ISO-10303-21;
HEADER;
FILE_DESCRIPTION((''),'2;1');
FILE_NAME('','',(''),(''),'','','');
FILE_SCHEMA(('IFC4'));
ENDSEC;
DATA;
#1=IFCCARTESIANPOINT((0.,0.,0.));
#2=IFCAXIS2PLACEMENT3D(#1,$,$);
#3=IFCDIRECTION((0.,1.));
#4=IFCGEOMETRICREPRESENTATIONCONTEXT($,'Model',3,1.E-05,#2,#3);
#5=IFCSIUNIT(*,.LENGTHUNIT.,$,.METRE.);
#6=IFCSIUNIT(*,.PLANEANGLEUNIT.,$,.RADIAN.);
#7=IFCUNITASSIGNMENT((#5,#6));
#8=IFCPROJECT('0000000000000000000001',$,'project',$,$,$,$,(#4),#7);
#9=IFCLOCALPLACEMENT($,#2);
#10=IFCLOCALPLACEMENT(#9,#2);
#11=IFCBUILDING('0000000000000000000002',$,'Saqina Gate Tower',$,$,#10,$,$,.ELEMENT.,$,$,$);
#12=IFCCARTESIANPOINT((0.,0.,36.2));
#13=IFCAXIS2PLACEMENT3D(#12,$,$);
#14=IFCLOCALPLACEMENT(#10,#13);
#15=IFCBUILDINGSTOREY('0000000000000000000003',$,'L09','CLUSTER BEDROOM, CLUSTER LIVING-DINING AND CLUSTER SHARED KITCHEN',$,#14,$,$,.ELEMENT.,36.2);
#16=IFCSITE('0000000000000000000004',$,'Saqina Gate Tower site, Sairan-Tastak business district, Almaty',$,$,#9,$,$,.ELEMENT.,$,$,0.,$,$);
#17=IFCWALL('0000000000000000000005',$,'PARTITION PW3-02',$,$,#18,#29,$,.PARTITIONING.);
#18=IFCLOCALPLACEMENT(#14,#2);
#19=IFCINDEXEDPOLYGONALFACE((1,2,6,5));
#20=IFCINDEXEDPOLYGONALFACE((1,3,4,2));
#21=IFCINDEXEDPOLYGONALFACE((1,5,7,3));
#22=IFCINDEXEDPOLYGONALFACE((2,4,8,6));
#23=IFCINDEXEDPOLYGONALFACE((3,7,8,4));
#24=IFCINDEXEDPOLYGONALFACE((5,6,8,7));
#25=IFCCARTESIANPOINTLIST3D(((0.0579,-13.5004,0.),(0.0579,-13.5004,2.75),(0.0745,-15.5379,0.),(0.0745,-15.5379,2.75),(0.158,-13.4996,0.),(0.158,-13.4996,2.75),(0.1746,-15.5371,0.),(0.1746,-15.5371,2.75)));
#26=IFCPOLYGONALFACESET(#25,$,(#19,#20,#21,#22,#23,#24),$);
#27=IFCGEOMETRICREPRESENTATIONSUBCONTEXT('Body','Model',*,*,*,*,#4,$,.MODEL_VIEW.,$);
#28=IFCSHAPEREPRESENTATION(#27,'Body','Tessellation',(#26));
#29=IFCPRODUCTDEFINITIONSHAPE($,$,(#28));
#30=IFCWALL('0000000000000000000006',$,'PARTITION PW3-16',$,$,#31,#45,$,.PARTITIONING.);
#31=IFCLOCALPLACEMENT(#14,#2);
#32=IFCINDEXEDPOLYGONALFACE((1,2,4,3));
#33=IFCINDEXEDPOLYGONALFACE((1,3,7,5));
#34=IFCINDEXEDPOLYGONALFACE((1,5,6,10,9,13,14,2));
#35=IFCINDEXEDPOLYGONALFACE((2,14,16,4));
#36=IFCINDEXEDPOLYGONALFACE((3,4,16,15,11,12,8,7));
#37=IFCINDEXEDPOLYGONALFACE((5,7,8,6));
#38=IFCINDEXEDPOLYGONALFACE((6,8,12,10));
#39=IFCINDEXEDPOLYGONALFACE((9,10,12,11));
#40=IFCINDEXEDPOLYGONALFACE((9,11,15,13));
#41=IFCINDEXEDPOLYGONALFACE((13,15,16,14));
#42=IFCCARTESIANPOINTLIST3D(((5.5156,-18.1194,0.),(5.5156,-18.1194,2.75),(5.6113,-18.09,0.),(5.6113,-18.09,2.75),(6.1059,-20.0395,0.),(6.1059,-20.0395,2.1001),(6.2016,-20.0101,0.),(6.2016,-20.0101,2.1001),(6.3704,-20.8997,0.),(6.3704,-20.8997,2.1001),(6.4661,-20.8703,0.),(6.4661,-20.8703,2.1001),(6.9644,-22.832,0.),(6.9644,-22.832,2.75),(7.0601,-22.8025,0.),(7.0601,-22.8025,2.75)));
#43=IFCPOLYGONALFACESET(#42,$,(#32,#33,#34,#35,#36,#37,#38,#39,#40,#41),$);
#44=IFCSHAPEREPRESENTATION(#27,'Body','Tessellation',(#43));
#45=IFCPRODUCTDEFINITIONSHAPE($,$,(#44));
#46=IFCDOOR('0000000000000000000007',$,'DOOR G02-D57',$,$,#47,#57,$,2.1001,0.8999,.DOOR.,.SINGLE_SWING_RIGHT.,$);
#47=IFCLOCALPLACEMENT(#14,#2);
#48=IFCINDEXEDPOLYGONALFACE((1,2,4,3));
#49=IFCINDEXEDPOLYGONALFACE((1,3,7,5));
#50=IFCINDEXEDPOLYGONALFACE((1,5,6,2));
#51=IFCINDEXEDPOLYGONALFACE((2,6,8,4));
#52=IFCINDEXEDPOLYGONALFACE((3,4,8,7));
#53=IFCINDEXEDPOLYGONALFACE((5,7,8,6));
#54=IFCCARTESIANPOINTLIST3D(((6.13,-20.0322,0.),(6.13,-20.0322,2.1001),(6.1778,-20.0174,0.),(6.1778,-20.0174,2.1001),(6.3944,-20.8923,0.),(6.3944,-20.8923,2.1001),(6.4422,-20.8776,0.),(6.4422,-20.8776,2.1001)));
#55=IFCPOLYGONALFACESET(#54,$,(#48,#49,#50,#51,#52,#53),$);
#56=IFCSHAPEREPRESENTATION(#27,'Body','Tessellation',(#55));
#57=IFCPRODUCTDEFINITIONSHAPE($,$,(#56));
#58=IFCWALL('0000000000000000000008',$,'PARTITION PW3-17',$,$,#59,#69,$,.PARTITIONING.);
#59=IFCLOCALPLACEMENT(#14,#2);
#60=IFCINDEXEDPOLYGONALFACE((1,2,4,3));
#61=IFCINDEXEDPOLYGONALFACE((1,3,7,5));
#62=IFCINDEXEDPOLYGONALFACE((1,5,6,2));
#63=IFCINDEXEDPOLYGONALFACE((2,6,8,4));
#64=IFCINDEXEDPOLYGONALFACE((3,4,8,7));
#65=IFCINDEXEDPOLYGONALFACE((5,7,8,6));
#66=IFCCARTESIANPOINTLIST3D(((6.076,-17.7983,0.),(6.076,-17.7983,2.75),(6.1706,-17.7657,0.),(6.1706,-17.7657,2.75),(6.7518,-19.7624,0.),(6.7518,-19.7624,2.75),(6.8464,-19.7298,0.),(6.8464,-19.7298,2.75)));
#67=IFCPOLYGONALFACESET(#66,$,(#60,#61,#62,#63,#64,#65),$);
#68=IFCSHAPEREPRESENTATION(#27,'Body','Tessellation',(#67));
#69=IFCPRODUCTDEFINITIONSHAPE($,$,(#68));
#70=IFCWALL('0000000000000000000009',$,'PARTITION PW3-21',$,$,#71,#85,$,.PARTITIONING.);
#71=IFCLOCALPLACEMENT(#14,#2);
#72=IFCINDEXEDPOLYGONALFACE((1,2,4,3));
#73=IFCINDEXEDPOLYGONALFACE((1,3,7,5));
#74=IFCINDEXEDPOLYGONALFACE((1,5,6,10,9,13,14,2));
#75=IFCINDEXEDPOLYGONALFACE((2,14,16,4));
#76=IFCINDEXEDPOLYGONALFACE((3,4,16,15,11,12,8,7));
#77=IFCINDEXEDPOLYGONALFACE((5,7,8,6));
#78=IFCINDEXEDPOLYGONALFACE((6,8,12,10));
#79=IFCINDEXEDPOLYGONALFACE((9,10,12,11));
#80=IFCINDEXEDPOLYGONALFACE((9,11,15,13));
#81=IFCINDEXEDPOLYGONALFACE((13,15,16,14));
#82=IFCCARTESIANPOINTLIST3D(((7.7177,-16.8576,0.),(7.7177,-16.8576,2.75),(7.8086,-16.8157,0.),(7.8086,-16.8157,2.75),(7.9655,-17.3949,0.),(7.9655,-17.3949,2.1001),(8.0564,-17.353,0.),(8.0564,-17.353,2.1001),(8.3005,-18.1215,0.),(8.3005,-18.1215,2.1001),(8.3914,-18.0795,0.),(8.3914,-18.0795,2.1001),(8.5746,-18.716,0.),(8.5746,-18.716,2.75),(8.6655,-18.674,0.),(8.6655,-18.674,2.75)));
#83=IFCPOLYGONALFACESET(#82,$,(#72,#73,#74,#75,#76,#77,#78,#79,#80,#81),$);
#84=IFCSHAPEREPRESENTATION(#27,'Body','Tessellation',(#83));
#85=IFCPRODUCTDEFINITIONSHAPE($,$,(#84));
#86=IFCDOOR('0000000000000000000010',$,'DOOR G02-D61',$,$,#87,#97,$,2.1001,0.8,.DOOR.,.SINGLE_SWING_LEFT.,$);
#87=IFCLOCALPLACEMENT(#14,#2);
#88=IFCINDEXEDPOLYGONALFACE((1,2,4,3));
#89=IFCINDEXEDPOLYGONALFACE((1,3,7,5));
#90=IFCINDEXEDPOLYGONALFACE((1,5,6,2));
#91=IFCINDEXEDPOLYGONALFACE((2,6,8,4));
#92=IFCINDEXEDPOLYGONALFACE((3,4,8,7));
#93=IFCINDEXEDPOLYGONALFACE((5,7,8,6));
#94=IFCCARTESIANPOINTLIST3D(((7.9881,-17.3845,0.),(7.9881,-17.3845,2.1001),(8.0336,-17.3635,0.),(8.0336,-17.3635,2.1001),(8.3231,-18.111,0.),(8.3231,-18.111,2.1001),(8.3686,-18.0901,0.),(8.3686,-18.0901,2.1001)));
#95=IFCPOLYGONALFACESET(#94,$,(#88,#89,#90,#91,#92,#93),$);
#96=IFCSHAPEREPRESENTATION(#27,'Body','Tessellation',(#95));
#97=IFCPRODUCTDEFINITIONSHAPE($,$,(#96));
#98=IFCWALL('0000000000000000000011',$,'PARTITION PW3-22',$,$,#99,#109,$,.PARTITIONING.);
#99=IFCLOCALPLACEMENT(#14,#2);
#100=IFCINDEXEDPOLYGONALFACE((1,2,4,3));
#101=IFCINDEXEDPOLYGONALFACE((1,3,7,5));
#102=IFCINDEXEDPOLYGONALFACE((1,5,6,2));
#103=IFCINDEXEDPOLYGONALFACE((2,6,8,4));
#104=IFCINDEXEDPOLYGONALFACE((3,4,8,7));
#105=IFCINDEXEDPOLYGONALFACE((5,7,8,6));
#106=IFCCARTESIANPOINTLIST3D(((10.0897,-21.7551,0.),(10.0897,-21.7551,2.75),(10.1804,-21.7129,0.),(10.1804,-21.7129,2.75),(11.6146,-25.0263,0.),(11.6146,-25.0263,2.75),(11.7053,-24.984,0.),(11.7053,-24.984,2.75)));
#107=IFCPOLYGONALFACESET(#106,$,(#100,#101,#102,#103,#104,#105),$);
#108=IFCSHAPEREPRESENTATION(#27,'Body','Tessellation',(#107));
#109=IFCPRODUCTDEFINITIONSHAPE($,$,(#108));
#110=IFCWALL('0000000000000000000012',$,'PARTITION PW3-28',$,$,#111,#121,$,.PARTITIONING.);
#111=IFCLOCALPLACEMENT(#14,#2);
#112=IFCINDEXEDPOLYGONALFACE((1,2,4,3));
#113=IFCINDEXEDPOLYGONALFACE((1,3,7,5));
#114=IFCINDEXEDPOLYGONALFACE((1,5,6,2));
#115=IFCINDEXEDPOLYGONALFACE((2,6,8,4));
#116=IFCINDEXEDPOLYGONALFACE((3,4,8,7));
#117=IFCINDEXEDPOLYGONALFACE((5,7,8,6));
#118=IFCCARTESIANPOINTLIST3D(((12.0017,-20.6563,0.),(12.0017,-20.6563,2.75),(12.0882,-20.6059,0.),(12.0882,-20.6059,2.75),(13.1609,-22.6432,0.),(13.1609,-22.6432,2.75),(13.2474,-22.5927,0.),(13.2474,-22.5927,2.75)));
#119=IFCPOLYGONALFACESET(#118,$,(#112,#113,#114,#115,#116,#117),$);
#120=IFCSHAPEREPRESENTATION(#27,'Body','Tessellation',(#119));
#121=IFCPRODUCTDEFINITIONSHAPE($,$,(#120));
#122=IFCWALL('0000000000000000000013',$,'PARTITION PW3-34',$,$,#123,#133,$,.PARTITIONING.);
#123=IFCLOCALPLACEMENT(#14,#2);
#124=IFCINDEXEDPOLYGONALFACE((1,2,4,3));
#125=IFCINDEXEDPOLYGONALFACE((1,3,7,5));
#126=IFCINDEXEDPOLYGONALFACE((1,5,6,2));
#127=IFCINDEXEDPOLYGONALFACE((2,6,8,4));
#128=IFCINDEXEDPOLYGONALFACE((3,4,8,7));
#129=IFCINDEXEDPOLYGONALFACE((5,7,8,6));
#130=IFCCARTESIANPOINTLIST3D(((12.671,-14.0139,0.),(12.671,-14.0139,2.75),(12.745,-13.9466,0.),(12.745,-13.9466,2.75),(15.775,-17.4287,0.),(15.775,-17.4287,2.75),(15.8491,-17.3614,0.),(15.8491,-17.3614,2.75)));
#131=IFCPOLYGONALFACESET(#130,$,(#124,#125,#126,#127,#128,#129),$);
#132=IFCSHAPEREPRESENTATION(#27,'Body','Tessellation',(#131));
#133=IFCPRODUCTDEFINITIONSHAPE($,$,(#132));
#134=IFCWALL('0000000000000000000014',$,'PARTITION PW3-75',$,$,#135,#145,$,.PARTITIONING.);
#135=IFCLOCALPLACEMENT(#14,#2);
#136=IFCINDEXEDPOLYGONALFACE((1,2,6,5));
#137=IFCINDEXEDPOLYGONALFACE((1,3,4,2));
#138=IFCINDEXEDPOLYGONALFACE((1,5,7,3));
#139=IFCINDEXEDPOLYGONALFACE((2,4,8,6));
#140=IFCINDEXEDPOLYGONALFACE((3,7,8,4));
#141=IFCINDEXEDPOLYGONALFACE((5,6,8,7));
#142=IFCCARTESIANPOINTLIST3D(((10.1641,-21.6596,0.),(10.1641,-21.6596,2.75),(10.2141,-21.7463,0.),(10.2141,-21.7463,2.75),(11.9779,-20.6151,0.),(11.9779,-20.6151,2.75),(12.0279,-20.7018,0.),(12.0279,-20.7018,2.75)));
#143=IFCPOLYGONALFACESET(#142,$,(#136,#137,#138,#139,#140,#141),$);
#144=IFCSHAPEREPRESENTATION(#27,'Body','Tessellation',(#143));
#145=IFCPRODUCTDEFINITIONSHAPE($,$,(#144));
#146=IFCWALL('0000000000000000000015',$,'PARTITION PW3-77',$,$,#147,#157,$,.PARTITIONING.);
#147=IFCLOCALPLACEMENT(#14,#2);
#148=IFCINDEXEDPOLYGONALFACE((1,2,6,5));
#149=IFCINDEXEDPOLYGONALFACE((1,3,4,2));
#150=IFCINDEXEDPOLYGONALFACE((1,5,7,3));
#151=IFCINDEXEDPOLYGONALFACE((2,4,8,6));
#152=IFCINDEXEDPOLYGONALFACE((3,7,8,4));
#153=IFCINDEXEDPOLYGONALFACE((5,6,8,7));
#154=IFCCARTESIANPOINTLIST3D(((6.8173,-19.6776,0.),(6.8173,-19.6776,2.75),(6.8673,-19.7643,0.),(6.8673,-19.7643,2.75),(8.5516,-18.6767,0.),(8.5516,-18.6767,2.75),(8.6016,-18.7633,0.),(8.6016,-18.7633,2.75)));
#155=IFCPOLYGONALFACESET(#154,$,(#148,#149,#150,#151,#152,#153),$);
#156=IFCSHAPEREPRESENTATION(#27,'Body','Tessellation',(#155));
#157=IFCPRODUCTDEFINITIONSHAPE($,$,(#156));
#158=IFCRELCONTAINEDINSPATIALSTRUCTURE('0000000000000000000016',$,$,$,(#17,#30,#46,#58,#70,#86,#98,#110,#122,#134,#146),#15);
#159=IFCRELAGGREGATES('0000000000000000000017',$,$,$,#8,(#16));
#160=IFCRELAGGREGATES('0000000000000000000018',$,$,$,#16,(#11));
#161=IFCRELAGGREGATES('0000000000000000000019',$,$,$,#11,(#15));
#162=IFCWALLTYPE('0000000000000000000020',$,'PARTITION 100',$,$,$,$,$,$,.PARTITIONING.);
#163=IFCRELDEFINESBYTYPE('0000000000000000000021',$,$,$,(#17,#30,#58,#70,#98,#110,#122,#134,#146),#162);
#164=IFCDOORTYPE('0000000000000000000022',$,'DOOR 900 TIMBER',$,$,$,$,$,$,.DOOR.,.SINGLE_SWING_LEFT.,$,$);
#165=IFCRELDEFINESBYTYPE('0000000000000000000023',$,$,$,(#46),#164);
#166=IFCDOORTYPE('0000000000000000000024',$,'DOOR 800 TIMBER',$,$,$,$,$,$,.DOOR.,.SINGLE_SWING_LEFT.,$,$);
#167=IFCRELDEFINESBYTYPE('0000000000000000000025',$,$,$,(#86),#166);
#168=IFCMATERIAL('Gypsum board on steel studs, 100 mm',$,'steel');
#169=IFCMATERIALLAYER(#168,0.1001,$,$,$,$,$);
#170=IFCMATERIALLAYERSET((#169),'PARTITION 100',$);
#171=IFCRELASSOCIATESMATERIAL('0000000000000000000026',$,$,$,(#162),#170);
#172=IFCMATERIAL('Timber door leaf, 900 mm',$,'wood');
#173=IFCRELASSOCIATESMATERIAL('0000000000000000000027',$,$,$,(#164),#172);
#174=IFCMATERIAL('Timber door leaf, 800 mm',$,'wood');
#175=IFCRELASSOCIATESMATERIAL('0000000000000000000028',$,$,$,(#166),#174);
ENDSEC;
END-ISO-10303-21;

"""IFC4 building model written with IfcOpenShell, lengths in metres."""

from ifc_helpers import new_model, si_unit, direction, frame, frame_2d, origin, place, context, subcontext, project, spatial, rectangle, extrude, material, layer, layer_set, type_object, element, fill, save


model = new_model("IFC4")

# Units and contexts
model_context = context("Model", 3, precision=1e-05, world=origin(), true_north=direction((0.0, 1.0)))
body_context = subcontext(model_context, "Body", "Model", "MODEL_VIEW")
ifc_project = project(units=[si_unit("LENGTHUNIT", "METRE"), si_unit("PLANEANGLEUNIT", "RADIAN")], contexts=[model_context])

# Site, building, storey
site_placement = place(None, origin())
site = spatial("IfcSite", under=ifc_project, at=site_placement, Name="Saqina Gate Tower site, Sairan-Tastak business district, Almaty", CompositionType="ELEMENT", RefElevation=0.0)
building_placement = place(site_placement, origin())
building = spatial("IfcBuilding", under=site, at=building_placement, Name="Saqina Gate Tower", CompositionType="ELEMENT")
storey_placement = place(building_placement, frame((0.0, 0.0, 36.2)))
storey = spatial("IfcBuildingStorey", under=building, at=storey_placement, Name="L09", Description="CLUSTER BEDROOM, CLUSTER LIVING-DINING AND CLUSTER SHARED KITCHEN", CompositionType="ELEMENT", Elevation=36.2)

# Wall
ifc_material_1 = material(Name="Gypsum board on steel studs, 100 mm", Category="steel")
ifc_layer_1 = layer(ifc_material_1, 0.1001)
ifc_layer_set_1 = layer_set([ifc_layer_1], Name="PARTITION 100")
wall_type_1 = type_object("IfcWallType", Name="PARTITION 100", PredefinedType="PARTITIONING", material=ifc_layer_set_1)
wall_1_placement = place(storey_placement, frame((0.1079, -13.5, 0.0), z_axis=(0.0, 0.0, 1.0), x_axis=(0.008147, -0.999967, 0.0)))
element("IfcWall", 1, at=wall_1_placement, inside=storey, type_object=wall_type_1, Name="PARTITION PW3-02", PredefinedType="PARTITIONING", context=body_context, shape_type="SweptSolid", body=[
    extrude(rectangle(XDim=2.0376, YDim=0.1001, at=frame_2d((1.0188, 0.0))), origin(), (0.0, 0.0, 1.0), 2.75),
])

# Wall, opening, door
wall_2_placement = place(storey_placement, frame((5.5635, -18.1047, 0.0), z_axis=(0.0, 0.0, 1.0), x_axis=(0.293856, -0.95585, 0.0)))
wall_2 = element("IfcWall", 2, at=wall_2_placement, inside=storey, type_object=wall_type_1, Name="PARTITION PW3-16", PredefinedType="PARTITIONING", context=body_context, shape_type="SweptSolid", body=[
    extrude(rectangle(XDim=4.9302, YDim=0.1001, at=frame_2d((2.4651, 0.0))), origin(), (0.0, 0.0, 1.0), 2.75),
])
opening_1_placement = place(wall_2_placement, frame((2.0088, 0.0, 0.0)))
opening_1 = element("IfcOpeningElement", 3, at=opening_1_placement, cuts=wall_2, PredefinedType="OPENING", context=body_context, shape_type="SweptSolid", body=[
    extrude(rectangle(XDim=0.8999, YDim=2.1001, at=frame_2d((0.45, 1.05))), frame((0.0, 0.062, 0.0), z_axis=(0.0, -1.0, 0.0), x_axis=(1.0, 0.0, 0.0)), (0.0, 0.0, 1.0), 0.124),
])
ifc_material_2 = material(Name="Timber door leaf, 900 mm", Category="wood")
door_type_1 = type_object("IfcDoorType", Name="DOOR 900 TIMBER", OperationType="SINGLE_SWING_LEFT", PredefinedType="DOOR", material=ifc_material_2)
door_1_placement = place(opening_1_placement, frame((0.8999, 0.0, 0.0), z_axis=(0.0, 0.0, 1.0), x_axis=(-1.0, 0.0, 0.0)))
door_1 = element("IfcDoor", 4, at=door_1_placement, inside=storey, type_object=door_type_1, Name="DOOR G02-D57", OperationType="SINGLE_SWING_RIGHT", OverallHeight=2.1001, OverallWidth=0.8999, PredefinedType="DOOR", context=body_context, shape_type="SweptSolid", body=[
    extrude(rectangle(XDim=0.8999, YDim=2.1001, at=frame_2d((0.45, 1.05))), frame((0.0, 0.0249, 0.0), z_axis=(0.0, -1.0, 0.0), x_axis=(1.0, 0.0, 0.0)), (0.0, 0.0, 1.0), 0.05),
])
fill(opening_1, door_1)

# Wall
wall_3_placement = place(storey_placement, frame((6.1233, -17.782, 0.0), z_axis=(0.0, 0.0, 1.0), x_axis=(0.325346, -0.945595, 0.0)))
element("IfcWall", 5, at=wall_3_placement, inside=storey, type_object=wall_type_1, Name="PARTITION PW3-17", PredefinedType="PARTITIONING", context=body_context, shape_type="SweptSolid", body=[
    extrude(rectangle(XDim=2.0771, YDim=0.1001, at=frame_2d((1.0386, 0.0))), origin(), (0.0, 0.0, 1.0), 2.75),
])

# Wall, opening, door
wall_4_placement = place(storey_placement, frame((7.7632, -16.8367, 0.0), z_axis=(0.0, 0.0, 1.0), x_axis=(0.41874, -0.908106, 0.0)))
wall_4 = element("IfcWall", 6, at=wall_4_placement, inside=storey, type_object=wall_type_1, Name="PARTITION PW3-21", PredefinedType="PARTITIONING", context=body_context, shape_type="SweptSolid", body=[
    extrude(rectangle(XDim=2.0464, YDim=0.1001, at=frame_2d((1.0232, 0.0))), origin(), (0.0, 0.0, 1.0), 2.75),
])
opening_2_placement = place(wall_4_placement, frame((0.5918, 0.0, 0.0)))
opening_2 = element("IfcOpeningElement", 7, at=opening_2_placement, cuts=wall_4, PredefinedType="OPENING", context=body_context, shape_type="SweptSolid", body=[
    extrude(rectangle(XDim=0.8, YDim=2.1001, at=frame_2d((0.3999, 1.05))), frame((0.0, 0.062, 0.0), z_axis=(0.0, -1.0, 0.0), x_axis=(1.0, 0.0, 0.0)), (0.0, 0.0, 1.0), 0.124),
])
ifc_material_3 = material(Name="Timber door leaf, 800 mm", Category="wood")
door_type_2 = type_object("IfcDoorType", Name="DOOR 800 TIMBER", OperationType="SINGLE_SWING_LEFT", PredefinedType="DOOR", material=ifc_material_3)
door_2_placement = place(opening_2_placement, origin())
door_2 = element("IfcDoor", 8, at=door_2_placement, inside=storey, type_object=door_type_2, Name="DOOR G02-D61", OperationType="SINGLE_SWING_LEFT", OverallHeight=2.1001, OverallWidth=0.8, PredefinedType="DOOR", context=body_context, shape_type="SweptSolid", body=[
    extrude(rectangle(XDim=0.8, YDim=2.1001, at=frame_2d((0.3999, 1.05))), frame((0.0, 0.0249, 0.0), z_axis=(0.0, -1.0, 0.0), x_axis=(1.0, 0.0, 0.0)), (0.0, 0.0, 1.0), 0.05),
])
fill(opening_2, door_2)

# Walls
wall_5_placement = place(storey_placement, frame((10.135, -21.7339, 0.0), z_axis=(0.0, 0.0, 1.0), x_axis=(0.422504, -0.906361, 0.0)))
element("IfcWall", 9, at=wall_5_placement, inside=storey, type_object=wall_type_1, Name="PARTITION PW3-22", PredefinedType="PARTITIONING", context=body_context, shape_type="SweptSolid", body=[
    extrude(rectangle(XDim=3.6091, YDim=0.1001, at=frame_2d((1.8047, 0.0))), origin(), (0.0, 0.0, 1.0), 2.75),
])
wall_6_placement = place(storey_placement, frame((12.0449, -20.6311, 0.0), z_axis=(0.0, 0.0, 1.0), x_axis=(0.503937, -0.86374, 0.0)))
element("IfcWall", 10, at=wall_6_placement, inside=storey, type_object=wall_type_1, Name="PARTITION PW3-28", PredefinedType="PARTITIONING", context=body_context, shape_type="SweptSolid", body=[
    extrude(rectangle(XDim=2.3003, YDim=0.1001, at=frame_2d((1.1501, 0.0))), origin(), (0.0, 0.0, 1.0), 2.75),
])
wall_7_placement = place(storey_placement, frame((12.708, -13.9802, 0.0), z_axis=(0.0, 0.0, 1.0), x_axis=(0.672631, -0.739978, 0.0)))
element("IfcWall", 11, at=wall_7_placement, inside=storey, type_object=wall_type_1, Name="PARTITION PW3-34", PredefinedType="PARTITIONING", context=body_context, shape_type="SweptSolid", body=[
    extrude(rectangle(XDim=4.6147, YDim=0.1001, at=frame_2d((2.3074, 0.0))), origin(), (0.0, 0.0, 1.0), 2.75),
])
wall_8_placement = place(storey_placement, frame((10.1892, -21.7029, 0.0), z_axis=(0.0, 0.0, 1.0), x_axis=(0.866587, 0.499026, 0.0)))
element("IfcWall", 12, at=wall_8_placement, inside=storey, type_object=wall_type_1, Name="PARTITION PW3-75", PredefinedType="PARTITIONING", context=body_context, shape_type="SweptSolid", body=[
    extrude(rectangle(XDim=2.093, YDim=0.1001, at=frame_2d((1.0464, 0.0))), origin(), (0.0, 0.0, 1.0), 2.75),
])
wall_9_placement = place(storey_placement, frame((6.8423, -19.7209, 0.0), z_axis=(0.0, 0.0, 1.0), x_axis=(0.866104, 0.499863, 0.0)))
element("IfcWall", 13, at=wall_9_placement, inside=storey, type_object=wall_type_1, Name="PARTITION PW3-77", PredefinedType="PARTITIONING", context=body_context, shape_type="SweptSolid", body=[
    extrude(rectangle(XDim=2.0024, YDim=0.1001, at=frame_2d((1.0012, 0.0))), origin(), (0.0, 0.0, 1.0), 2.75),
])

save(model, "model.ifc")
